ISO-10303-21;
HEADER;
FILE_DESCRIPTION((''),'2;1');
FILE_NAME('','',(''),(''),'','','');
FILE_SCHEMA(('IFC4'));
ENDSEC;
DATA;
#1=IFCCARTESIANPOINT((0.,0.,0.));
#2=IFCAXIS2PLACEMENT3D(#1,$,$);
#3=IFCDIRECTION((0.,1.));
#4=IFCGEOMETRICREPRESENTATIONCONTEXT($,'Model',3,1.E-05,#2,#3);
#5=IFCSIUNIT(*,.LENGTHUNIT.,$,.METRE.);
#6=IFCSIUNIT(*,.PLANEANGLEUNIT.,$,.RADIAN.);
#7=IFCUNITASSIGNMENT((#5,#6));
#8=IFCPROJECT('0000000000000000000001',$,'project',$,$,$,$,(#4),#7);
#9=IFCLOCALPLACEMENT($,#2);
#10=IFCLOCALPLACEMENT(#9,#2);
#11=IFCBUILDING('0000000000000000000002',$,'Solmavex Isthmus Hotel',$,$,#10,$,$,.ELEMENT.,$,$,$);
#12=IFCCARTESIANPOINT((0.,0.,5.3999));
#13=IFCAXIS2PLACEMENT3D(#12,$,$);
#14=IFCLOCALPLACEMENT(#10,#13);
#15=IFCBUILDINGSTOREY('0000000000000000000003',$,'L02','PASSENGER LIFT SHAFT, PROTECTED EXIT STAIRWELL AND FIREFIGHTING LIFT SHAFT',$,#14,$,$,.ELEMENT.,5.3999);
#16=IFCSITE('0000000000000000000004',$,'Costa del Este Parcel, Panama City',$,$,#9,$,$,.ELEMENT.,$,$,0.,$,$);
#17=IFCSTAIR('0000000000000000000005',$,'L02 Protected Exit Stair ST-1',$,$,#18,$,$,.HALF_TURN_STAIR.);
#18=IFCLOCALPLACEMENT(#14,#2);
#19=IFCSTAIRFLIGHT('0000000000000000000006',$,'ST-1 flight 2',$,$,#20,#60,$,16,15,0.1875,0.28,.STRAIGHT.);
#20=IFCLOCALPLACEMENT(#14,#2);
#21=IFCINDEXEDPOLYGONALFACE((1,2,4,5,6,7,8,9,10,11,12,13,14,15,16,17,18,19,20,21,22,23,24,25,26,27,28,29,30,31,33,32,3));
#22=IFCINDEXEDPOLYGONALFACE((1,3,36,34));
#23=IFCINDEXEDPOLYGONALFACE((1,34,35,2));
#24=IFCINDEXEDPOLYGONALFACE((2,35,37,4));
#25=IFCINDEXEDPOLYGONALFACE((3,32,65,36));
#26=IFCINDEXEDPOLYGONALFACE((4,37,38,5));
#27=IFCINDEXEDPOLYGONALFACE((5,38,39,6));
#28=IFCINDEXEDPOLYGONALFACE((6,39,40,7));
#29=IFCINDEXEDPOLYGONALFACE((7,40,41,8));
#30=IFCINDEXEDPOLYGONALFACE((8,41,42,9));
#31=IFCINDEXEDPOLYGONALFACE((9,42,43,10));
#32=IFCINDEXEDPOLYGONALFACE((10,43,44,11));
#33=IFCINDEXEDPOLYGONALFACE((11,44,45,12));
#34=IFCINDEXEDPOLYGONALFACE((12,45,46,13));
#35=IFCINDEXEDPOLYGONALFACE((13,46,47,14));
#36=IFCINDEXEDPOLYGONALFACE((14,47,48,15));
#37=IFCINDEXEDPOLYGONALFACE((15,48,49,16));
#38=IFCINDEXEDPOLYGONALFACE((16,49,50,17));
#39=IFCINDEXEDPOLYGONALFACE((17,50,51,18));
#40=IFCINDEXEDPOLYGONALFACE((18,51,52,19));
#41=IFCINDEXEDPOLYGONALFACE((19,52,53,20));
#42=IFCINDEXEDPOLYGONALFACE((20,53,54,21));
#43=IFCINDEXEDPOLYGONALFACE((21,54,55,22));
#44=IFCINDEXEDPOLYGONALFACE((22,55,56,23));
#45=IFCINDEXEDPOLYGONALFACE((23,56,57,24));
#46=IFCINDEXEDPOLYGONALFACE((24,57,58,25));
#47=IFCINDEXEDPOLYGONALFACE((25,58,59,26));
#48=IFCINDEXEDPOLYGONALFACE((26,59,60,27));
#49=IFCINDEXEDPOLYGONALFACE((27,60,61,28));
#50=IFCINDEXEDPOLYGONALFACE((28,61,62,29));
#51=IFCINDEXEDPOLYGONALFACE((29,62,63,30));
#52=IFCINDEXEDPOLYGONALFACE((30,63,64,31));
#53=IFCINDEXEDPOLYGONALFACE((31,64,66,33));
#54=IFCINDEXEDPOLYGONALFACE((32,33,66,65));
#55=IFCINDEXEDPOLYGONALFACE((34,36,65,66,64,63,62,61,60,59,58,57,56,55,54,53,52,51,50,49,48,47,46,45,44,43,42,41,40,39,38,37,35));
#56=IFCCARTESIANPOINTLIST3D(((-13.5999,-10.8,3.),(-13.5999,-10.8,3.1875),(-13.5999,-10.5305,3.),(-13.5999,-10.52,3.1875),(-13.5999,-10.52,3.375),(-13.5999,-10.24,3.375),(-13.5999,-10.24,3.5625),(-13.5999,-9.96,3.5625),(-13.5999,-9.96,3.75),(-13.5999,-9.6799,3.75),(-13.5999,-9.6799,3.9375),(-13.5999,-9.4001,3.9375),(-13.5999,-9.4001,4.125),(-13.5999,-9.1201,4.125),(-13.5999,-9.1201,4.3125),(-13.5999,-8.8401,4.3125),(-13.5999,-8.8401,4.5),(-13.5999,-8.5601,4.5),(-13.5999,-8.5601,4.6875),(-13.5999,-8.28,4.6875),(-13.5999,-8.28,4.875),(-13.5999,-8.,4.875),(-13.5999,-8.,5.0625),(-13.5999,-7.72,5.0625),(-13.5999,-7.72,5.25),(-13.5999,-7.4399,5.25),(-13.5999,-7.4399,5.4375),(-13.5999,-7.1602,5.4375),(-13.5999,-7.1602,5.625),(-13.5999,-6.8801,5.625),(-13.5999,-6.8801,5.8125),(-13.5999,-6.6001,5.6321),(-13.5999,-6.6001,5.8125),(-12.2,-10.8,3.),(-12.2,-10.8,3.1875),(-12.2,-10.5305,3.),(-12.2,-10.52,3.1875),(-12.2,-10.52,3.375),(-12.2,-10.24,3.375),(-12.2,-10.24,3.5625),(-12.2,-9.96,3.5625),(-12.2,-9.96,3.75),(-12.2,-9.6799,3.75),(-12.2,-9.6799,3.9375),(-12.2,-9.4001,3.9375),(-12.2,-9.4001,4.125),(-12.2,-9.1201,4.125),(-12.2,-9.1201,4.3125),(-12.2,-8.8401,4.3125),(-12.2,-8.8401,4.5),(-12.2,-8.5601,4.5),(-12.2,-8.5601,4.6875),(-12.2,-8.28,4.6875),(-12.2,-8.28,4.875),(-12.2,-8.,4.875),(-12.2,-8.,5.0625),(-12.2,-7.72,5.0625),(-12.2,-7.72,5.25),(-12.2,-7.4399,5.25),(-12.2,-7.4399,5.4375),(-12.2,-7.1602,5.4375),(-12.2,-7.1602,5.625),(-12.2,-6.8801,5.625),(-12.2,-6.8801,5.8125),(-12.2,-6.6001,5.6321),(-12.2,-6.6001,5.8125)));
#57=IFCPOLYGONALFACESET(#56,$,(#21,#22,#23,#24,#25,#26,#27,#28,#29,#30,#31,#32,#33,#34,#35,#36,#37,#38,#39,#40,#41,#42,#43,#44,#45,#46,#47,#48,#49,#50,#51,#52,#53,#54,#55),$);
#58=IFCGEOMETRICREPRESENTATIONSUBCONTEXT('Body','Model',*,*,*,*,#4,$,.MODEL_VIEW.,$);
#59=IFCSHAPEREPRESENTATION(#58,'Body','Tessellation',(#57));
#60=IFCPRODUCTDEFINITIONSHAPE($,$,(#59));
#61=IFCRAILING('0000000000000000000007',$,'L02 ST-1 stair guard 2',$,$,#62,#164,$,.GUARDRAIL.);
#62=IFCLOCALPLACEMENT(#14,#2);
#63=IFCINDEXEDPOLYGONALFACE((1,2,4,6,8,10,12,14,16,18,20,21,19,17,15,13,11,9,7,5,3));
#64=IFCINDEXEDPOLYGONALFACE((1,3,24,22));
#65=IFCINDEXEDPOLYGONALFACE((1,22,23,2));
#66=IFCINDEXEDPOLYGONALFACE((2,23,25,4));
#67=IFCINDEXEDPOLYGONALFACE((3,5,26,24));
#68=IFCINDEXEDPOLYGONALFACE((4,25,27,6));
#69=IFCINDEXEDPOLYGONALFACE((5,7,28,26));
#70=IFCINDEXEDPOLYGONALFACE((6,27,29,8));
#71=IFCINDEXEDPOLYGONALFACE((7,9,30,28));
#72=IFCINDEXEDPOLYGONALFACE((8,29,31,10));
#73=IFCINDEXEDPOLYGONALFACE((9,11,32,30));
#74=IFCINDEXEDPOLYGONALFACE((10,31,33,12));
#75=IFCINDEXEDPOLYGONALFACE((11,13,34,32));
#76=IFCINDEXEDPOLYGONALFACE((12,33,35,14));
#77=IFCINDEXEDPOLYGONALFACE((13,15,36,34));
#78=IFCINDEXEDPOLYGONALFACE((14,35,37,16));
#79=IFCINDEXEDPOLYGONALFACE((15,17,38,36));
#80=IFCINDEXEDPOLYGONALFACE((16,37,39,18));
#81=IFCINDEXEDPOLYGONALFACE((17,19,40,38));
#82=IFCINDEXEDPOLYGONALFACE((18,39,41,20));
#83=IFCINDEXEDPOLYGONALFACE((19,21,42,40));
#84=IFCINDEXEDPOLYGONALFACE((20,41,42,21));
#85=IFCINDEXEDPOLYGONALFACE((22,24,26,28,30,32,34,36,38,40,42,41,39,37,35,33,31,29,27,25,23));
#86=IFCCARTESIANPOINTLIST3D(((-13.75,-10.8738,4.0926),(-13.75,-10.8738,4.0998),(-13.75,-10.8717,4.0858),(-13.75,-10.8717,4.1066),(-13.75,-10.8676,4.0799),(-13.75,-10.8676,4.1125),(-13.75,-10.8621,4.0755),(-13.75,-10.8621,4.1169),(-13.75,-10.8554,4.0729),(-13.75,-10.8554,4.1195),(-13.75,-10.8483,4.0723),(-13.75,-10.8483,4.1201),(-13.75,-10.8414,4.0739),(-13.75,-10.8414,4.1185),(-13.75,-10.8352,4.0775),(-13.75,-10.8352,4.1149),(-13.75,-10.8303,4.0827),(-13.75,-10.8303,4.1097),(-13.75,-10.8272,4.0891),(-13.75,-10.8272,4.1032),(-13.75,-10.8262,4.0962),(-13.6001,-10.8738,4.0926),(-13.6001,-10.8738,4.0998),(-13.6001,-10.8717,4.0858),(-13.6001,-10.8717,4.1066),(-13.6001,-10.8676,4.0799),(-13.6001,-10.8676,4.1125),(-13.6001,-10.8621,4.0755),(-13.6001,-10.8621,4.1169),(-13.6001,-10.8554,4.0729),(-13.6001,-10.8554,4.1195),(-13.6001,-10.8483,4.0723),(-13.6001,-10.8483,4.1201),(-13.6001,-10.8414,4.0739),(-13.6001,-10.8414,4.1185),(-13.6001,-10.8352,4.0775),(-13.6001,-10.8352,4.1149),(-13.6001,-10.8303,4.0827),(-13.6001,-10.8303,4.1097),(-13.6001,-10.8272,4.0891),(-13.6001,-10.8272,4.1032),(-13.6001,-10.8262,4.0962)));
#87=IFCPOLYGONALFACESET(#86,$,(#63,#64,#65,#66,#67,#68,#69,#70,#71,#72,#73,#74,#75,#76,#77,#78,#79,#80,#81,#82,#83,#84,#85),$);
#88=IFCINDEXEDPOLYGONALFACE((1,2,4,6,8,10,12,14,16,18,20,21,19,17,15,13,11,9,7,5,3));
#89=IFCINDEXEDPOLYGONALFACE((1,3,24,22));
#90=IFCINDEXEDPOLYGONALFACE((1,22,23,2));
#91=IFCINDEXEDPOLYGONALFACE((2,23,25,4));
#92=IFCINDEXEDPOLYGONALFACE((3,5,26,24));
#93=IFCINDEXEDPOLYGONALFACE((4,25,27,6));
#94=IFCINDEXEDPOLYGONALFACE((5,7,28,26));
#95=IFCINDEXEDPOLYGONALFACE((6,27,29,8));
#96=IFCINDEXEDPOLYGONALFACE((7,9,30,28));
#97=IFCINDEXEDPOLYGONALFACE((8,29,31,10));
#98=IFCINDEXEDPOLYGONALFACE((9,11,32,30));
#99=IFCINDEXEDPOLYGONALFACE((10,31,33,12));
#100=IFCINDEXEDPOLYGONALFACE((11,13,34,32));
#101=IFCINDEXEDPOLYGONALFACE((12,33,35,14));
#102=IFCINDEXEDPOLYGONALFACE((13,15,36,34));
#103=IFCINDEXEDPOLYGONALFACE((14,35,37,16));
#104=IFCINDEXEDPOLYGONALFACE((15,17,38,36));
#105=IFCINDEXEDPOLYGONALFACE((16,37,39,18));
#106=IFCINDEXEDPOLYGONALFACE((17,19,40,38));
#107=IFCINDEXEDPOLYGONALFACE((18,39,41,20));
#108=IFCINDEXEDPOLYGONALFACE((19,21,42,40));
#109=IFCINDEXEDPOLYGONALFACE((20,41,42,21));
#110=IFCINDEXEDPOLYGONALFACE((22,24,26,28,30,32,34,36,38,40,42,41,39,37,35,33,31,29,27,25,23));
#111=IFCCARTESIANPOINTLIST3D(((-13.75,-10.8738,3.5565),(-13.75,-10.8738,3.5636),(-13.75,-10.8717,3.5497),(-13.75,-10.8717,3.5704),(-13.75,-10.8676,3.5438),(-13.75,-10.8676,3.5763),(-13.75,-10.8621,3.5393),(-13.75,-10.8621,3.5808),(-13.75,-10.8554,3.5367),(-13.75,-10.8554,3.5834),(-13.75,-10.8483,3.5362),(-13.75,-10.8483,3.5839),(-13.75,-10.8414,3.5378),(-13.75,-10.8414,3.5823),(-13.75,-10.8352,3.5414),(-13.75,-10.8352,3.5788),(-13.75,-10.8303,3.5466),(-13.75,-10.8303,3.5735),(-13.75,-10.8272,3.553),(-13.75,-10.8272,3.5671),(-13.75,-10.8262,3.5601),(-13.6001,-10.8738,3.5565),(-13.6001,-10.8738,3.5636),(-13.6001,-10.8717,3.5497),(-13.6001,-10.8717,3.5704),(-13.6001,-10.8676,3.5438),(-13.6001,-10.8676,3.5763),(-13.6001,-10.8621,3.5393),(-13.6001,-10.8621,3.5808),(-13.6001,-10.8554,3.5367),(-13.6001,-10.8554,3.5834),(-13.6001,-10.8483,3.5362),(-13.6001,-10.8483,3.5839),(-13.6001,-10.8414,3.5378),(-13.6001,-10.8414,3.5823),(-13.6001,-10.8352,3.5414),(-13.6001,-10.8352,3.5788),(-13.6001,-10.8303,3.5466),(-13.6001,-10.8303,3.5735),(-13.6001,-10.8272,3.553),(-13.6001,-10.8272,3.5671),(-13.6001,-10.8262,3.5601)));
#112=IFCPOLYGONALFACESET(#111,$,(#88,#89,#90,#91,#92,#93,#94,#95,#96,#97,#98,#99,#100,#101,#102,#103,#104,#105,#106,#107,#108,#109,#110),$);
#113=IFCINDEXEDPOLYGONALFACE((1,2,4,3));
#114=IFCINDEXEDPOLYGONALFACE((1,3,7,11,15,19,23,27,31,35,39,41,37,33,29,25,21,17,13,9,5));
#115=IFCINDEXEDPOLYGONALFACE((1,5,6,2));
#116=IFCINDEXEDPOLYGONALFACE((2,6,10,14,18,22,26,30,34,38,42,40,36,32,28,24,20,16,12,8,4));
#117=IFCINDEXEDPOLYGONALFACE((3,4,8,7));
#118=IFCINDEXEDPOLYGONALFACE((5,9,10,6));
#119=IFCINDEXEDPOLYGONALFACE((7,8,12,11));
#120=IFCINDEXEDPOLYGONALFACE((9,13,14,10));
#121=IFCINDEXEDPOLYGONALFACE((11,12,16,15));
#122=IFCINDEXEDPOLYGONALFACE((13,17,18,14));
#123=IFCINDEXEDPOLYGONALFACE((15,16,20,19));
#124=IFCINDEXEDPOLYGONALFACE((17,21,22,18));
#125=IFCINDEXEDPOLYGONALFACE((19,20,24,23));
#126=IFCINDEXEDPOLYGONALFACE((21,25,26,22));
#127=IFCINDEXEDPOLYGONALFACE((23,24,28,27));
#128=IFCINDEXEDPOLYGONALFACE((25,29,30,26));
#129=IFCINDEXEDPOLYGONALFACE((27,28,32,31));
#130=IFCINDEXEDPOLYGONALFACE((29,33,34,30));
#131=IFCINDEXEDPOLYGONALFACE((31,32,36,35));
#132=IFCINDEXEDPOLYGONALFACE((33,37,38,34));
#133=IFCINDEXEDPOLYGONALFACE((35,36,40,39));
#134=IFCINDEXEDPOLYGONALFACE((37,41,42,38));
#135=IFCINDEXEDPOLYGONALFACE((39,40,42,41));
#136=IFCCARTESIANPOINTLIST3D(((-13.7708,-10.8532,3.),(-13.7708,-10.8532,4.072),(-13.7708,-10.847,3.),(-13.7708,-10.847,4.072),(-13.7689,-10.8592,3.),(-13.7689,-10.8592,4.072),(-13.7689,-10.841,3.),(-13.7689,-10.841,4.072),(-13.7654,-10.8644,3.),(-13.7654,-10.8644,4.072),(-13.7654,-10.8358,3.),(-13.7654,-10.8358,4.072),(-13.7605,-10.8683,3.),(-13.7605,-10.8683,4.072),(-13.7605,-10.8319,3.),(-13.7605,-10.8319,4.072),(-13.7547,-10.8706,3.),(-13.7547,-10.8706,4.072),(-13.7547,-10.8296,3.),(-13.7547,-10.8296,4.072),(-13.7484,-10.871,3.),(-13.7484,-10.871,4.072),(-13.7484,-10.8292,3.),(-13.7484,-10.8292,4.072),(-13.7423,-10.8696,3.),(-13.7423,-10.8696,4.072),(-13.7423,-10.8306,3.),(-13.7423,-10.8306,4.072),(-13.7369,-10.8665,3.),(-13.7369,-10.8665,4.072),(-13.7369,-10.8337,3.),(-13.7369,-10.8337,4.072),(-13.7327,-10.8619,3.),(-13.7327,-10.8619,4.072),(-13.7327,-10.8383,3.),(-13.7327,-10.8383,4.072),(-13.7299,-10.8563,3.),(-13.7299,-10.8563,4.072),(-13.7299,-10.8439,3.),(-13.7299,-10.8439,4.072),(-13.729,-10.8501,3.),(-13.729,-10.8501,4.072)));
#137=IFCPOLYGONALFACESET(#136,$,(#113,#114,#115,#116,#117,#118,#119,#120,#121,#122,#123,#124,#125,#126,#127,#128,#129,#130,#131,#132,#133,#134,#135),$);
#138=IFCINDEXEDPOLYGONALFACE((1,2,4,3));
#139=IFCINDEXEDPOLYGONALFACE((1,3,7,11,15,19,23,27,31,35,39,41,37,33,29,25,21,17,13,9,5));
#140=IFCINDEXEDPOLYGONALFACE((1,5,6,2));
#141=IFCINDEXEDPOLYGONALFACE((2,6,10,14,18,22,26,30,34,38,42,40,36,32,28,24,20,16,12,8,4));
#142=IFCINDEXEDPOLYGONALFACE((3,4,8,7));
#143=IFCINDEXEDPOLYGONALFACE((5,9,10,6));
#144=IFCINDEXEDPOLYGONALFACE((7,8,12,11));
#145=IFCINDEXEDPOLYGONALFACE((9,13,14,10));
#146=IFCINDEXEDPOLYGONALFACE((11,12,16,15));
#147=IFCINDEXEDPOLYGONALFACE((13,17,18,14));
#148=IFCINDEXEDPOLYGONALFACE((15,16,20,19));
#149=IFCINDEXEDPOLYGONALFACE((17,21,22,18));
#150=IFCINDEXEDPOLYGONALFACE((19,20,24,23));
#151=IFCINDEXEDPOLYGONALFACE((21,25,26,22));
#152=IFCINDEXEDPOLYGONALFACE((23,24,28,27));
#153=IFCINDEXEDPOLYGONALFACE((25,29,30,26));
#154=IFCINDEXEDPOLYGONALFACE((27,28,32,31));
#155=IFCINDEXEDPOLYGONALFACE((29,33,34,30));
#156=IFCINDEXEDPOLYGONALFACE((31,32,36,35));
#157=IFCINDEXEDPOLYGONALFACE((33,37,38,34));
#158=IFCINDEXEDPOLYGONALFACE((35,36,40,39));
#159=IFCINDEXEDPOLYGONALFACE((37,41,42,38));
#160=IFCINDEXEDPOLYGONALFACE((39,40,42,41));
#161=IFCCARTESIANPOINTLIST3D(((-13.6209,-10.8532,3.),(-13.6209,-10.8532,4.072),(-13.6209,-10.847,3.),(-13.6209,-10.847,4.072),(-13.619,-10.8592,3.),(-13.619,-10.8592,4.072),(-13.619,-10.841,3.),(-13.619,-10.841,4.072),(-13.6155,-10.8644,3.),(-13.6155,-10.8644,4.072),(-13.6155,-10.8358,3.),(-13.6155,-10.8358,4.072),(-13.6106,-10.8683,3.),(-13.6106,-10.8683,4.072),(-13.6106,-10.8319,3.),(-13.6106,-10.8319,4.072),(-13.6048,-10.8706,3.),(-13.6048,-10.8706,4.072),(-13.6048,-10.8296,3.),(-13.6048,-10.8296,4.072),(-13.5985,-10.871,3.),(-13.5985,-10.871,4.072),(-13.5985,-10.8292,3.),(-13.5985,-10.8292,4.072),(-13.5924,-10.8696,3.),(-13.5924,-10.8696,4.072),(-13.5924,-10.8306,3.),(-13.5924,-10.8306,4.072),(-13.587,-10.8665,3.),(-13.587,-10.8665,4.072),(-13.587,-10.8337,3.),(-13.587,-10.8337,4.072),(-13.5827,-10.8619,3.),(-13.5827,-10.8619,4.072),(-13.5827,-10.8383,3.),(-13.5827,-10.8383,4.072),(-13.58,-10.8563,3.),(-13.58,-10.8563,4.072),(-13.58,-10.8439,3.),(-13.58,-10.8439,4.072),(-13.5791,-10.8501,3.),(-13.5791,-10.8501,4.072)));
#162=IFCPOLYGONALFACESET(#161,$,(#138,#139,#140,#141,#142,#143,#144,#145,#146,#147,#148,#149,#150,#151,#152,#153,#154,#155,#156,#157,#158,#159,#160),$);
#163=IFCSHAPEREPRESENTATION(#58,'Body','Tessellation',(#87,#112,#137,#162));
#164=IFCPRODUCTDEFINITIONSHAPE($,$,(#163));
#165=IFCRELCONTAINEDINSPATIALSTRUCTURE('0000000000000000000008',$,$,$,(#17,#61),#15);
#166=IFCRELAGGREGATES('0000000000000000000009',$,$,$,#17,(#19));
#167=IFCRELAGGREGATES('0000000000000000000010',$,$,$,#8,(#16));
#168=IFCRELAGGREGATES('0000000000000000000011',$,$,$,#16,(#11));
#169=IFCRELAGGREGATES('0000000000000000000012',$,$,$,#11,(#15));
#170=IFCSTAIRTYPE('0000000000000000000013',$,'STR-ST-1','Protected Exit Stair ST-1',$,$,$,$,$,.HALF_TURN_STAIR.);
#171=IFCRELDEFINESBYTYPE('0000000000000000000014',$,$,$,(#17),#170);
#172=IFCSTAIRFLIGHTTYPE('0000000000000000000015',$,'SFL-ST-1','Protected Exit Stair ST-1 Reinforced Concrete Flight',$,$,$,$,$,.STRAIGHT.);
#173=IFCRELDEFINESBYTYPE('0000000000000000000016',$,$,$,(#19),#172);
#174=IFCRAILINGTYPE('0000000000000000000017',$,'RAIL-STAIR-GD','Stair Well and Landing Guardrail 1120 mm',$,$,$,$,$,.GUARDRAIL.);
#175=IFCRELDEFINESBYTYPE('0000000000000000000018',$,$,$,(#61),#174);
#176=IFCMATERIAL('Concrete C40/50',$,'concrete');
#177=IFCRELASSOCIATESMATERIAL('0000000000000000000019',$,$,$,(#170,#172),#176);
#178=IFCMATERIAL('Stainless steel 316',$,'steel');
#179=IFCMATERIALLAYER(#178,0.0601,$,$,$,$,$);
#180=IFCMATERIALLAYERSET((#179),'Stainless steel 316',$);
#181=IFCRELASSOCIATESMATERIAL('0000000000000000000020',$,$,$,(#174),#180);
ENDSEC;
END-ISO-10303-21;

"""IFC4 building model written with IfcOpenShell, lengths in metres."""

from ifc_helpers import new_model, si_unit, direction, frame, origin, origin_2d, place, context, subcontext, project, spatial, polyline, circle, outline, extrude, material, layer, layer_set, type_object, element, aggregate, save


model = new_model("IFC4")

# Units and contexts
model_context = context("Model", 3, precision=1e-05, world=origin(), true_north=direction((0.0, 1.0)))
body_context = subcontext(model_context, "Body", "Model", "MODEL_VIEW")
ifc_project = project(units=[si_unit("LENGTHUNIT", "METRE"), si_unit("PLANEANGLEUNIT", "RADIAN")], contexts=[model_context])

# Site, building, storey
site_placement = place(None, origin())
site = spatial("IfcSite", under=ifc_project, at=site_placement, Name="Costa del Este Parcel, Panama City", CompositionType="ELEMENT", RefElevation=0.0)
building_placement = place(site_placement, origin())
building = spatial("IfcBuilding", under=site, at=building_placement, Name="Solmavex Isthmus Hotel", CompositionType="ELEMENT")
storey_placement = place(building_placement, frame((0.0, 0.0, 5.3999)))
storey = spatial("IfcBuildingStorey", under=building, at=storey_placement, Name="L02", Description="PASSENGER LIFT SHAFT, PROTECTED EXIT STAIRWELL AND FIREFIGHTING LIFT SHAFT", CompositionType="ELEMENT", Elevation=5.3999)

# Shared definitions
ifc_material_1 = material(Name="Concrete C40/50", Category="concrete")

# Shared definitions
ifc_material_2 = material(Name="Stainless steel 316", Category="steel")

# Stair, stair flight
stair_type = type_object("IfcStairType", Name="STR-ST-1", Description="Protected Exit Stair ST-1", PredefinedType="HALF_TURN_STAIR", material=ifc_material_1)
stair_placement = place(storey_placement, origin())
stair = element("IfcStair", 1, at=stair_placement, inside=storey, type_object=stair_type, Name="L02 Protected Exit Stair ST-1", PredefinedType="HALF_TURN_STAIR")
stair_flight_type = type_object("IfcStairFlightType", Name="SFL-ST-1", Description="Protected Exit Stair ST-1 Reinforced Concrete Flight", PredefinedType="STRAIGHT", material=ifc_material_1)
stair_flight_1_placement = place(storey_placement, frame((-12.8999, -10.8, 3.0), z_axis=(0.0, 0.0, 1.0), x_axis=(0.0, 1.0, 0.0)))
stair_flight_1 = element("IfcStairFlight", 2, at=stair_flight_1_placement, type_object=stair_flight_type, Name="ST-1 flight 2", NumberOfRisers=16, NumberOfTreads=15, PredefinedType="STRAIGHT", RiserHeight=0.1875, TreadLength=0.28, context=body_context, shape_type="SweptSolid", body=[
    extrude(outline(polyline([(0.0, 0.0), (0.0, 0.1875), (0.28, 0.1875), (0.28, 0.375), (0.5601, 0.375), (0.5601, 0.5625), (0.8401, 0.5625), (0.8401, 0.75), (1.1201, 0.75), (1.1201, 0.9375), (1.3999, 0.9375), (1.3999, 1.125), (1.6799, 1.125), (1.6799, 1.3125), (1.96, 1.3125), (1.96, 1.5), (2.24, 1.5), (2.24, 1.6875), (2.52, 1.6875), (2.52, 1.875), (2.8, 1.875), (2.8, 2.0625), (3.0801, 2.0625), (3.0801, 2.25), (3.3601, 2.25), (3.3601, 2.4375), (3.6399, 2.4375), (3.6399, 2.625), (3.9199, 2.625), (3.9199, 2.8125), (4.2, 2.8125), (4.2, 3.0), (4.2, 2.6321), (0.2695, 0.0), (0.0, 0.0)])), frame((0.0, 0.7, 0.0), z_axis=(0.0, -1.0, 0.0), x_axis=(1.0, 0.0, 0.0)), (0.0, 0.0, 1.0), 1.3999),
])
aggregate(stair, [stair_flight_1])

# Railing
ifc_layer_1 = layer(ifc_material_2, 0.0601)
ifc_layer_set_1 = layer_set([ifc_layer_1], Name="Stainless steel 316")
railing_type_1 = type_object("IfcRailingType", Name="RAIL-STAIR-GD", Description="Stair Well and Landing Guardrail 1120 mm", PredefinedType="GUARDRAIL", material=ifc_layer_set_1)
railing_1_placement = place(storey_placement, frame((-13.75, -10.8501, 3.0)))
element("IfcRailing", 3, at=railing_1_placement, inside=storey, type_object=railing_type_1, Name="L02 ST-1 stair guard 2", PredefinedType="GUARDRAIL", context=body_context, shape_type="SweptSolid", body=[
    extrude(circle(Radius=0.0239, at=origin_2d()), frame((0.0, 0.0, 1.0962), z_axis=(1.0, 0.0, 0.0), x_axis=(0.0, 1.0, 0.0)), (0.0, 0.0, 1.0), 0.1499),
    extrude(circle(Radius=0.0239, at=origin_2d()), frame((0.0, 0.0, 0.5601), z_axis=(1.0, 0.0, 0.0), x_axis=(0.0, 1.0, 0.0)), (0.0, 0.0, 1.0), 0.1499),
    extrude(circle(Radius=0.021, at=origin_2d()), origin(), (0.0, 0.0, 1.0), 1.072),
    extrude(circle(Radius=0.021, at=origin_2d()), frame((0.1499, 0.0, 0.0)), (0.0, 0.0, 1.0), 1.072),
])

save(model, "model.ifc")
